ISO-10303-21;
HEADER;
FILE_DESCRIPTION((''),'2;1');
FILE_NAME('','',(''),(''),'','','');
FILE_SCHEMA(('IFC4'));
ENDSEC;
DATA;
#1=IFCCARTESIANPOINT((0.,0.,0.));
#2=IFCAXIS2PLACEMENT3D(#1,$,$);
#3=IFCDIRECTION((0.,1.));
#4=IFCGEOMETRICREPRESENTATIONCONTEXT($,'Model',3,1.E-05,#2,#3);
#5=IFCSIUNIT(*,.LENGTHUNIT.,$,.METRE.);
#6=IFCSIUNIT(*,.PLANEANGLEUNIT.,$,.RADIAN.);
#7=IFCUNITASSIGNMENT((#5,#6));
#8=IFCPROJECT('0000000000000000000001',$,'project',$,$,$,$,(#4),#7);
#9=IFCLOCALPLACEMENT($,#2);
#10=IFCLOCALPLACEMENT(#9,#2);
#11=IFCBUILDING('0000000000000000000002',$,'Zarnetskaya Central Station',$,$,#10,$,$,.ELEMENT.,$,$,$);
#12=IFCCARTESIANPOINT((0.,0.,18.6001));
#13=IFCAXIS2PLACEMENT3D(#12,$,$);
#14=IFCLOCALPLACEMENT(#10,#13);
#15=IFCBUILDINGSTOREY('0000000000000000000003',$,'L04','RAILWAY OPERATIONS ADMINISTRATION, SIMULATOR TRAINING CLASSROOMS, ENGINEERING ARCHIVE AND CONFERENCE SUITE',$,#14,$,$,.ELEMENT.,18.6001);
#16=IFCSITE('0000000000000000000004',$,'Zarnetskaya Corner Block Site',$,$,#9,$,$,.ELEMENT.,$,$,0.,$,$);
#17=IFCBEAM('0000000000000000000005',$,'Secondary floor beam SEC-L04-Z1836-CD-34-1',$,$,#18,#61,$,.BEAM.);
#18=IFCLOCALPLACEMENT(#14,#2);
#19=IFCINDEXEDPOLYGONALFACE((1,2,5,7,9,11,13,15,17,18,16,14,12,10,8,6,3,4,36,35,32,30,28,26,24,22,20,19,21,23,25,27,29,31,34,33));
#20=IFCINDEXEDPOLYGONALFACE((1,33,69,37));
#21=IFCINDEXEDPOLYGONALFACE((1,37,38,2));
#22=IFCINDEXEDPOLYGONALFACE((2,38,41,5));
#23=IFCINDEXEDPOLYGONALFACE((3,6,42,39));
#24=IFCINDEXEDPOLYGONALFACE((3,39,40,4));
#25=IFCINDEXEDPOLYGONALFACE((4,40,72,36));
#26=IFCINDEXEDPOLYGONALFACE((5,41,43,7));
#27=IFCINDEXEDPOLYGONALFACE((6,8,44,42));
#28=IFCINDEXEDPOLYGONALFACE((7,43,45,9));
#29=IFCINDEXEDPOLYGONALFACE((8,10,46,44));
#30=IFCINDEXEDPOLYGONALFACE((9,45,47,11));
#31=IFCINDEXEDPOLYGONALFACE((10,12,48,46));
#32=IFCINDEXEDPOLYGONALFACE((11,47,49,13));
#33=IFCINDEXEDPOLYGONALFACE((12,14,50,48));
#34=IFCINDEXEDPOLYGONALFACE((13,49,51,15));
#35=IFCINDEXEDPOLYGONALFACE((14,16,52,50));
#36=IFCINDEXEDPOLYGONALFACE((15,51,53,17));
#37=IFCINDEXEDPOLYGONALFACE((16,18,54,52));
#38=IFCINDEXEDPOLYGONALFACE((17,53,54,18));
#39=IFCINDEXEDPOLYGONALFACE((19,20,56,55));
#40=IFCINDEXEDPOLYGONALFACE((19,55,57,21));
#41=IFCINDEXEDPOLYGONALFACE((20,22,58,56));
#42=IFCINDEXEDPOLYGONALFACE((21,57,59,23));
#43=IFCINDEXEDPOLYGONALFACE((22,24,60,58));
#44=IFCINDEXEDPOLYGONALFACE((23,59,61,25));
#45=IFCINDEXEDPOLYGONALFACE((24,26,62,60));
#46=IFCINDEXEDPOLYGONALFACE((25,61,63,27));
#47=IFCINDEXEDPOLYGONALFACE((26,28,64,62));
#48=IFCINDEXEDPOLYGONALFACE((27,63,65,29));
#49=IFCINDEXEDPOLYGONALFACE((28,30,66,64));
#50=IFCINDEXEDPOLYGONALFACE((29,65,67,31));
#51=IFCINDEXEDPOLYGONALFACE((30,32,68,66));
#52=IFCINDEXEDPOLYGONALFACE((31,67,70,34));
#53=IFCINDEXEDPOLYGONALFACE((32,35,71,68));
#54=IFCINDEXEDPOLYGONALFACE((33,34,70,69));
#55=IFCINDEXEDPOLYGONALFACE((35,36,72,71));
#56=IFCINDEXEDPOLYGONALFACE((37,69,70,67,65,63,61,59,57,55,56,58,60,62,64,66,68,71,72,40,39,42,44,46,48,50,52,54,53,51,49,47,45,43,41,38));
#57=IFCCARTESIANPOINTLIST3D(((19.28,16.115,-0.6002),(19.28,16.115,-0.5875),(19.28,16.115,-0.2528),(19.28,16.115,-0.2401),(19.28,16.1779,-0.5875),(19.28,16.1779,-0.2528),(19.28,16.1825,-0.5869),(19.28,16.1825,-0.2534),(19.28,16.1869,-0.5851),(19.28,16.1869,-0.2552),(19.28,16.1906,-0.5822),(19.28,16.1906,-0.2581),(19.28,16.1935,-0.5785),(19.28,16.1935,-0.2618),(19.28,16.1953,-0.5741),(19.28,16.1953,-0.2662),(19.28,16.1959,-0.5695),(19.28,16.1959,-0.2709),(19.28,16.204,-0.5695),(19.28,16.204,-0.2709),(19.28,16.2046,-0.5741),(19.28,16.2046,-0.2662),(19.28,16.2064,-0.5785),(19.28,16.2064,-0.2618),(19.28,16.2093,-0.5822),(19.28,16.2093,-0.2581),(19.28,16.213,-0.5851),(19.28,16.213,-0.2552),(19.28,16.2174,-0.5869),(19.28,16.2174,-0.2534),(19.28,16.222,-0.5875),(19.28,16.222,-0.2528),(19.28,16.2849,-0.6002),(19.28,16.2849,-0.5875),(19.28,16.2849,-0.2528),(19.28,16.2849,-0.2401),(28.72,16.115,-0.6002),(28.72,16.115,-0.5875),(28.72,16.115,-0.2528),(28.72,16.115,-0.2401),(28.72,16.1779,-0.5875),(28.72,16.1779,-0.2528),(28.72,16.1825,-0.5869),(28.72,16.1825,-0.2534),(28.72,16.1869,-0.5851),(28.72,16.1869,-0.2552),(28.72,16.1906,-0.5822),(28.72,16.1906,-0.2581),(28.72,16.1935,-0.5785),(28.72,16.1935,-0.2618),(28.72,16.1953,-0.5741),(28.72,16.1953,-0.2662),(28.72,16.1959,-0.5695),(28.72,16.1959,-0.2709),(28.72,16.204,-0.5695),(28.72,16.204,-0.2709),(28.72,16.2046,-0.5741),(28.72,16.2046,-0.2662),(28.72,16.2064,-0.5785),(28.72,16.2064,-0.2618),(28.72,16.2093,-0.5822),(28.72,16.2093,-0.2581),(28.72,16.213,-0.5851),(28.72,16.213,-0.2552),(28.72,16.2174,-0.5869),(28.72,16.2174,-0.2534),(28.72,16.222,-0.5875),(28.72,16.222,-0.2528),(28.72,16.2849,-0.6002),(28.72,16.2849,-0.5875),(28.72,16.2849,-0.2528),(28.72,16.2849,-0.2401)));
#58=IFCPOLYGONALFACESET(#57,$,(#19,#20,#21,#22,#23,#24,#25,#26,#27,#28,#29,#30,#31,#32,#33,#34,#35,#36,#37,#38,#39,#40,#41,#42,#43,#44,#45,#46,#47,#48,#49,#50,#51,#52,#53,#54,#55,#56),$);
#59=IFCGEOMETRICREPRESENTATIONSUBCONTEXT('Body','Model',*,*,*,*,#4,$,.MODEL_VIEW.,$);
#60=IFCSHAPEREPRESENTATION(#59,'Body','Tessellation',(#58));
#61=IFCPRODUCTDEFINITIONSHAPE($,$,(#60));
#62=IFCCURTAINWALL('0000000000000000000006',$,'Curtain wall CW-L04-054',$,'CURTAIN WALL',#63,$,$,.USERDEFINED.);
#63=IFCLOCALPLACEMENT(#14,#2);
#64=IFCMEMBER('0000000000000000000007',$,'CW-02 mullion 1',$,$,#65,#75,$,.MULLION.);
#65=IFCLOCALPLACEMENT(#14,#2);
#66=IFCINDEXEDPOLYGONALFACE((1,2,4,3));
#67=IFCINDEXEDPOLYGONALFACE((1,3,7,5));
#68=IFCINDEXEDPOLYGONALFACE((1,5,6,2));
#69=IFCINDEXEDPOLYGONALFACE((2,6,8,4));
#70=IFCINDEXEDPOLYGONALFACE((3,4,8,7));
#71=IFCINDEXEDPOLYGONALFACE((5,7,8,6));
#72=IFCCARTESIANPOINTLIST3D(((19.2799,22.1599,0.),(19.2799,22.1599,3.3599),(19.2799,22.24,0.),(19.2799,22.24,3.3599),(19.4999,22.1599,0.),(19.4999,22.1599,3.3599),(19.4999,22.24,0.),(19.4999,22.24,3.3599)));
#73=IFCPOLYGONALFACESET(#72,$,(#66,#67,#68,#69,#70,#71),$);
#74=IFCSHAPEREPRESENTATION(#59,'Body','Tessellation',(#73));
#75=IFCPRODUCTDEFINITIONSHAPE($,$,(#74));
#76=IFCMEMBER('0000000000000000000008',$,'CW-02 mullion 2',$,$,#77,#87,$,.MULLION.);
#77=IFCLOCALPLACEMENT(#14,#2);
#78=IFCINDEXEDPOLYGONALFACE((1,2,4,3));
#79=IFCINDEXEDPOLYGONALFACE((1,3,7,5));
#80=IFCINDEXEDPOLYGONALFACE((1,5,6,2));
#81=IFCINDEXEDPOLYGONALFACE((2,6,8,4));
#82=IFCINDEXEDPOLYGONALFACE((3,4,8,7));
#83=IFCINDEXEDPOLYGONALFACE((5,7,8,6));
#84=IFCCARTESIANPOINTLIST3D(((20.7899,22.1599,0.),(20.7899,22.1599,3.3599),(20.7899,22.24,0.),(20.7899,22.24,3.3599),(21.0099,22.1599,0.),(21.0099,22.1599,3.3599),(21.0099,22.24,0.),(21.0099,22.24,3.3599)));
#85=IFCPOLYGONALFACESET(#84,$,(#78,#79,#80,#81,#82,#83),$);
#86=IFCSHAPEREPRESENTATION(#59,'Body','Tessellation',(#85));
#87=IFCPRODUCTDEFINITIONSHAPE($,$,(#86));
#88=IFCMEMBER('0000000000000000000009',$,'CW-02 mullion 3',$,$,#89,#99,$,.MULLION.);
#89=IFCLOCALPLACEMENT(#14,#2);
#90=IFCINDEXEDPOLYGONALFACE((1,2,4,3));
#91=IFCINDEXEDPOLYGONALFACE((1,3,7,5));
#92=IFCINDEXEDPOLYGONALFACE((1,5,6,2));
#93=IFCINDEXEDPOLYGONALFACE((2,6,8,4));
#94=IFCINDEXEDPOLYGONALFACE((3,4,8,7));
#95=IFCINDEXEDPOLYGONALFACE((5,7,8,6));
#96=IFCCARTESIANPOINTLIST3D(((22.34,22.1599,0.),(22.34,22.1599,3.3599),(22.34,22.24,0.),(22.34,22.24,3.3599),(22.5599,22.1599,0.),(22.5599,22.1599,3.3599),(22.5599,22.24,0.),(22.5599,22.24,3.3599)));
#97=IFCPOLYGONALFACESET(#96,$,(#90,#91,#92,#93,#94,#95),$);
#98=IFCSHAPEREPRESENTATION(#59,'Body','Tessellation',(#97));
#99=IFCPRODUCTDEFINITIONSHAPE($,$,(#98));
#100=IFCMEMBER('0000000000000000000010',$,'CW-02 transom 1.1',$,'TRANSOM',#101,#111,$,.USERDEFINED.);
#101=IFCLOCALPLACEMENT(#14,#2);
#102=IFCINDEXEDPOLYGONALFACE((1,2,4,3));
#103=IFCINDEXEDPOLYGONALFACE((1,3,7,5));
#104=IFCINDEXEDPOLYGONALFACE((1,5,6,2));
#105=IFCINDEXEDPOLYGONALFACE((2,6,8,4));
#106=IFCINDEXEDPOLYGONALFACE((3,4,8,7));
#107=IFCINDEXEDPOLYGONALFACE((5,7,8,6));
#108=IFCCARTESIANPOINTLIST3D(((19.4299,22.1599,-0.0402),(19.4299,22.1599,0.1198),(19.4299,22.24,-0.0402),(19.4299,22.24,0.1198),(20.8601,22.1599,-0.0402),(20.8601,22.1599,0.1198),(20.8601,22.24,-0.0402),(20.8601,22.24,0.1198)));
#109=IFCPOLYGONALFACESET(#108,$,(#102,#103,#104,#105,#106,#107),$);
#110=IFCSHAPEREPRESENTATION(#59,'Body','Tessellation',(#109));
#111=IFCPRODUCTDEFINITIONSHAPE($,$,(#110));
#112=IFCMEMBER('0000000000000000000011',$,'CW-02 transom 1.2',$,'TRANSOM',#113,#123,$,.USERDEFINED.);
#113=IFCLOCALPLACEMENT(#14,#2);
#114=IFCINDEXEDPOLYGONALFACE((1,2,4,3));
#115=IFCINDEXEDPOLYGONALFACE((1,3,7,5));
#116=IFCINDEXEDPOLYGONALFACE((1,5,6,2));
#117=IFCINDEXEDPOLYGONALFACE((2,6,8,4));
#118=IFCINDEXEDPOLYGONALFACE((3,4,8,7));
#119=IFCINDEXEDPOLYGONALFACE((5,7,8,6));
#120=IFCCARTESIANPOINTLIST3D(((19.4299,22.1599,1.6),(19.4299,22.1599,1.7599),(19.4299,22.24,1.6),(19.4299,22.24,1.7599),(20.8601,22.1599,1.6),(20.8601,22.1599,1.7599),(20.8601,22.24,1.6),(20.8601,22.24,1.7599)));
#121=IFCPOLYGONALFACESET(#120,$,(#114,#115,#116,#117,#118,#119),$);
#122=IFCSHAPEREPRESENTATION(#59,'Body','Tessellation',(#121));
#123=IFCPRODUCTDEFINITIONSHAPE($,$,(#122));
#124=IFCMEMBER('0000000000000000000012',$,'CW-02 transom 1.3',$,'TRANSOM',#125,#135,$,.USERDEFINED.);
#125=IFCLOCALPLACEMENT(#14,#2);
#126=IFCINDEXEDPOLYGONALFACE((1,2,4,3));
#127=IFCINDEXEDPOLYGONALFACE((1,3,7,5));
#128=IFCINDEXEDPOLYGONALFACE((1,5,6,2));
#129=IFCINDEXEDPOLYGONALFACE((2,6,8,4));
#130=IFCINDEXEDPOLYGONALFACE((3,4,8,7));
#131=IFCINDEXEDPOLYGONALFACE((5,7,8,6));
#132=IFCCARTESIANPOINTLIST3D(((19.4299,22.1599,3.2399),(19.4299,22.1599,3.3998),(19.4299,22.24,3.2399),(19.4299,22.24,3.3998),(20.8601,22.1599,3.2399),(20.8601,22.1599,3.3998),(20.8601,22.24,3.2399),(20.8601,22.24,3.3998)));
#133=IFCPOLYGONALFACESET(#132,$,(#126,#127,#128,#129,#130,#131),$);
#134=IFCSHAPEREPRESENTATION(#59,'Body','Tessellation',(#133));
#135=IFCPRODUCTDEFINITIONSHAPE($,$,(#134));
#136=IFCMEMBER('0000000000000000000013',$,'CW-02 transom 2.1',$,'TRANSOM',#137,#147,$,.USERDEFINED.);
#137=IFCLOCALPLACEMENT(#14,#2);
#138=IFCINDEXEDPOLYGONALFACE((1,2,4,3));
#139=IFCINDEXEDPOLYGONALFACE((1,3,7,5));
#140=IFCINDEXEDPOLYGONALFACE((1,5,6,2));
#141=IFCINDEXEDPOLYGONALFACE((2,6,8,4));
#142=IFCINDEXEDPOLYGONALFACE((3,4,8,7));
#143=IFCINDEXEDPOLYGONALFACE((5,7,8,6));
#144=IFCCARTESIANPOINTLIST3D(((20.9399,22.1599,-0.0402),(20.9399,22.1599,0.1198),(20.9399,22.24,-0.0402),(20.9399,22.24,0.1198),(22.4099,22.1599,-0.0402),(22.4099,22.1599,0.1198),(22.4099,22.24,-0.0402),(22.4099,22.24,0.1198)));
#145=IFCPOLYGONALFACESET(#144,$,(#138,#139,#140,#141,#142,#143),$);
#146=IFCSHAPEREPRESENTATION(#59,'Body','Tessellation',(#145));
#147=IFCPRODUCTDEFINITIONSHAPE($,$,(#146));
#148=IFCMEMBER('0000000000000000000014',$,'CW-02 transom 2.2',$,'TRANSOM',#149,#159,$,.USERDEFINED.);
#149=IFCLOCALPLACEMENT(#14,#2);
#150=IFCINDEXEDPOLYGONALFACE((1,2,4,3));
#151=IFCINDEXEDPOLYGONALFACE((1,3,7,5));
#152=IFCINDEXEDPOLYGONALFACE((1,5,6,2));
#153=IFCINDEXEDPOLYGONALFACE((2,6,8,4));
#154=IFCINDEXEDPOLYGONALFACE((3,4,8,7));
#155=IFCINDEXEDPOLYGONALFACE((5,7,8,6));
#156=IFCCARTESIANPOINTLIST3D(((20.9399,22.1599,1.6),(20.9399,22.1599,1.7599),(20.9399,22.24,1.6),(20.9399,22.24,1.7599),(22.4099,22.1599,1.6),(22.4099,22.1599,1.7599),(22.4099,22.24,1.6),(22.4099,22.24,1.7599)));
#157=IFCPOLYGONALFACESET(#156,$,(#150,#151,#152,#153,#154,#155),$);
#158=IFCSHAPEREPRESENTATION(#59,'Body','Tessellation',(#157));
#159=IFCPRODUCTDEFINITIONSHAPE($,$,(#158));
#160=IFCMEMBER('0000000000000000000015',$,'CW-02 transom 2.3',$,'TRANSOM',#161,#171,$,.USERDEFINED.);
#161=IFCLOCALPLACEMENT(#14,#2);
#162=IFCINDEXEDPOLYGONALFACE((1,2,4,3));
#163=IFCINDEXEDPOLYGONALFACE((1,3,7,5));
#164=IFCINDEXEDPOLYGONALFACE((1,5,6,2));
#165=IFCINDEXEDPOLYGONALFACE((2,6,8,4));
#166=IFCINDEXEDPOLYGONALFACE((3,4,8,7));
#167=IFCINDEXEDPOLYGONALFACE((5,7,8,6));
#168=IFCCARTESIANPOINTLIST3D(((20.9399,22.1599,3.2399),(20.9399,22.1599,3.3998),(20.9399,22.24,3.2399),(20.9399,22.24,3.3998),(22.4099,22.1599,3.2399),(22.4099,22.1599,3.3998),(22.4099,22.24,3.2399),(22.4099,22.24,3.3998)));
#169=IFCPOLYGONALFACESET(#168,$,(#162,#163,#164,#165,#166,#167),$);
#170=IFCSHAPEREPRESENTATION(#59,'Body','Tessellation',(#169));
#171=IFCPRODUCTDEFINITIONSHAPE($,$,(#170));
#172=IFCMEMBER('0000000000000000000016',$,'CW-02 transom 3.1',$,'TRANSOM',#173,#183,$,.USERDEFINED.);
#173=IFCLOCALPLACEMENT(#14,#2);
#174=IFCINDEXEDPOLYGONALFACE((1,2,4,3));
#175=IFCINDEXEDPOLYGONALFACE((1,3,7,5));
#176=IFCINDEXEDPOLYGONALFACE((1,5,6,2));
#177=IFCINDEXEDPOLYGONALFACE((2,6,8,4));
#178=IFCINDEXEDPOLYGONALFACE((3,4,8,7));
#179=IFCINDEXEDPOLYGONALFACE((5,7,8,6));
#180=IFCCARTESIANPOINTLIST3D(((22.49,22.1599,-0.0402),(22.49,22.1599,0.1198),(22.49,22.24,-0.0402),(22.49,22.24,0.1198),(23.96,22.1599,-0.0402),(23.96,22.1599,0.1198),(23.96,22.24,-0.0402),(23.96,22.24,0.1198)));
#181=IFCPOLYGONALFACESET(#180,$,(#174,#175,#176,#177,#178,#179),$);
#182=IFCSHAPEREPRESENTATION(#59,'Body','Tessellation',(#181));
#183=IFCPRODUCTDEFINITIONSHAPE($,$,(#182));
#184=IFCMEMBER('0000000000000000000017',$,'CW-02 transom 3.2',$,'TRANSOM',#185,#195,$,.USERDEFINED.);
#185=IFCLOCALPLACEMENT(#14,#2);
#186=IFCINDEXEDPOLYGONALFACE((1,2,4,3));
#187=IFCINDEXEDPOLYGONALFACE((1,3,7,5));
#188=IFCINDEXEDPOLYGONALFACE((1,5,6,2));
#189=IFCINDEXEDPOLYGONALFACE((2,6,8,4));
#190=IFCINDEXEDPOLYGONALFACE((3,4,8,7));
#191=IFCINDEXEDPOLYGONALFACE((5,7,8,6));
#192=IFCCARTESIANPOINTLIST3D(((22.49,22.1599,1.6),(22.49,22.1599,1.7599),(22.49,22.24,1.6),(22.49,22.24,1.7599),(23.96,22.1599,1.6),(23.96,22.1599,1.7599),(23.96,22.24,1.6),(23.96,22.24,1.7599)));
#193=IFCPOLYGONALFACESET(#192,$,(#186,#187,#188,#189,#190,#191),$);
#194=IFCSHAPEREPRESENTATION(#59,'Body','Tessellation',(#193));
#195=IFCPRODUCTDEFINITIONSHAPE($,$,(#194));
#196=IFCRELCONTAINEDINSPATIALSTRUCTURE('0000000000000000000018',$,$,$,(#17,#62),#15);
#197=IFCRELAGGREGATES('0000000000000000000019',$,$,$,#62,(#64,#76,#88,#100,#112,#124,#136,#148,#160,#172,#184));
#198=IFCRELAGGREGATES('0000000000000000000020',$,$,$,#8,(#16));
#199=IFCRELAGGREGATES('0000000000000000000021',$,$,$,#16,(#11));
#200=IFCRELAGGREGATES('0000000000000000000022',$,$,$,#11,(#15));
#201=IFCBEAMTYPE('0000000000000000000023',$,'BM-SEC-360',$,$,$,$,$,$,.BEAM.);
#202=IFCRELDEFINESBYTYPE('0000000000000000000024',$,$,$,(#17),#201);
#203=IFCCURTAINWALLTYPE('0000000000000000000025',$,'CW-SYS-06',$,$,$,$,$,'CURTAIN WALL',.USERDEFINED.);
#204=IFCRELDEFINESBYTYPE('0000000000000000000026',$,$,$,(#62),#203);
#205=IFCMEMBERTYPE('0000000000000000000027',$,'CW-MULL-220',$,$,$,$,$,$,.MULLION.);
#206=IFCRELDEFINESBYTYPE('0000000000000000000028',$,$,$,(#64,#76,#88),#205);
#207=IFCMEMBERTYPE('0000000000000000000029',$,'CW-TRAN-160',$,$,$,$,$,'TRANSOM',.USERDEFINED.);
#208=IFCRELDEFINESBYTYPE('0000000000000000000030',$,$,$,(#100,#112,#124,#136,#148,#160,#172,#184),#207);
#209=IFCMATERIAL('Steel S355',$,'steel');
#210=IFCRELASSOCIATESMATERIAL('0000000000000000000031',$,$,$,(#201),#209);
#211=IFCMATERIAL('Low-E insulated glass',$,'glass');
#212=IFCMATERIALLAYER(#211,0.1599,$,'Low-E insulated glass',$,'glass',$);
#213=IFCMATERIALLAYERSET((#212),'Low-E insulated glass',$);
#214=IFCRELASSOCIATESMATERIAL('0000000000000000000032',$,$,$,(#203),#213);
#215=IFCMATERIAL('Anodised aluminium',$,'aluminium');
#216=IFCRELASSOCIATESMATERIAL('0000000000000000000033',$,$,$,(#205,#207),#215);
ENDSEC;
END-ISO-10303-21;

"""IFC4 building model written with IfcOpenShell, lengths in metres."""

from ifc_helpers import new_model, si_unit, direction, frame, origin, origin_2d, place, context, subcontext, project, spatial, rectangle, i_section, extrude, material, layer, layer_set, material_profile, profile_set, type_object, element, aggregate, save


model = new_model("IFC4")

# Units and contexts
model_context = context("Model", 3, precision=1e-05, world=origin(), true_north=direction((0.0, 1.0)))
body_context = subcontext(model_context, "Body", "Model", "MODEL_VIEW")
ifc_project = project(units=[si_unit("LENGTHUNIT", "METRE"), si_unit("PLANEANGLEUNIT", "RADIAN")], contexts=[model_context])

# Site, building, storey
site_placement = place(None, origin())
site = spatial("IfcSite", under=ifc_project, at=site_placement, Name="Zarnetskaya Corner Block Site", CompositionType="ELEMENT", RefElevation=0.0)
building_placement = place(site_placement, origin())
building = spatial("IfcBuilding", under=site, at=building_placement, Name="Zarnetskaya Central Station", CompositionType="ELEMENT")
storey_placement = place(building_placement, frame((0.0, 0.0, 18.6001)))
storey = spatial("IfcBuildingStorey", under=building, at=storey_placement, Name="L04", Description="RAILWAY OPERATIONS ADMINISTRATION, SIMULATOR TRAINING CLASSROOMS, ENGINEERING ARCHIVE AND CONFERENCE SUITE", CompositionType="ELEMENT", Elevation=18.6001)

# Beam
ifc_material_1 = material(Name="Steel S355", Category="steel")
ifc_material_profile_1 = material_profile(ifc_material_1, i_section(OverallWidth=0.1699, OverallDepth=0.3601, WebThickness=0.0081, FlangeThickness=0.0127, FilletRadius=0.0181, at=origin_2d()), Name="IPE 360")
ifc_profile_set_1 = profile_set([ifc_material_profile_1], Name="Steel S355")
beam_type_1 = type_object("IfcBeamType", Name="BM-SEC-360", PredefinedType="BEAM", material=ifc_profile_set_1)
beam_1_placement = place(storey_placement, frame((19.28, 16.2, -0.4202), z_axis=(1.0, 0.0, 0.0), x_axis=(0.0, 1.0, 0.0)))
element("IfcBeam", 1, at=beam_1_placement, inside=storey, type_object=beam_type_1, Name="Secondary floor beam SEC-L04-Z1836-CD-34-1", PredefinedType="BEAM", context=body_context, shape_type="SweptSolid", body=[
    extrude(i_section(OverallWidth=0.1699, OverallDepth=0.3601, WebThickness=0.0081, FlangeThickness=0.0127, FilletRadius=0.0181, at=origin_2d()), origin(), (0.0, 0.0, 1.0), 9.4399),
])

# Curtain wall, members
ifc_material_2 = material(Name="Low-E insulated glass", Category="glass")
ifc_layer_1 = layer(ifc_material_2, 0.1599, Name="Low-E insulated glass", Category="glass")
ifc_layer_set_1 = layer_set([ifc_layer_1], Name="Low-E insulated glass")
curtain_wall_type = type_object("IfcCurtainWallType", Name="CW-SYS-06", ElementType="CURTAIN WALL", PredefinedType="USERDEFINED", material=ifc_layer_set_1)
curtain_wall_placement = place(storey_placement, origin())
curtain_wall = element("IfcCurtainWall", 2, at=curtain_wall_placement, inside=storey, type_object=curtain_wall_type, Name="Curtain wall CW-L04-054", ObjectType="CURTAIN WALL", PredefinedType="USERDEFINED")
ifc_material_3 = material(Name="Anodised aluminium", Category="aluminium")
ifc_material_profile_2 = material_profile(ifc_material_3, rectangle(XDim=0.0801, YDim=0.22, at=origin_2d()), Name="ALU MULL 80x220")
ifc_profile_set_2 = profile_set([ifc_material_profile_2], Name="Anodised aluminium")
member_type_1 = type_object("IfcMemberType", Name="CW-MULL-220", PredefinedType="MULLION", material=ifc_profile_set_2)
member_1_placement = place(storey_placement, frame((19.3899, 22.2, 0.0), z_axis=(0.0, 0.0, 1.0), x_axis=(0.0, 1.0, 0.0)))
member_1 = element("IfcMember", 3, at=member_1_placement, type_object=member_type_1, Name="CW-02 mullion 1", PredefinedType="MULLION", context=body_context, shape_type="SweptSolid", body=[
    extrude(rectangle(XDim=0.0801, YDim=0.22, at=origin_2d()), origin(), (0.0, 0.0, 1.0), 3.3599),
])
member_2_placement = place(storey_placement, frame((20.8999, 22.2, 0.0), z_axis=(0.0, 0.0, 1.0), x_axis=(0.0, 1.0, 0.0)))
member_2 = element("IfcMember", 4, at=member_2_placement, type_object=member_type_1, Name="CW-02 mullion 2", PredefinedType="MULLION", context=body_context, shape_type="SweptSolid", body=[
    extrude(rectangle(XDim=0.0801, YDim=0.22, at=origin_2d()), origin(), (0.0, 0.0, 1.0), 3.3599),
])
member_3_placement = place(storey_placement, frame((22.45, 22.2, 0.0), z_axis=(0.0, 0.0, 1.0), x_axis=(0.0, 1.0, 0.0)))
member_3 = element("IfcMember", 5, at=member_3_placement, type_object=member_type_1, Name="CW-02 mullion 3", PredefinedType="MULLION", context=body_context, shape_type="SweptSolid", body=[
    extrude(rectangle(XDim=0.0801, YDim=0.22, at=origin_2d()), origin(), (0.0, 0.0, 1.0), 3.3599),
])
ifc_material_profile_3 = material_profile(ifc_material_3, rectangle(XDim=0.0801, YDim=0.1599, at=origin_2d()), Name="ALU TRAN 80x160")
ifc_profile_set_3 = profile_set([ifc_material_profile_3], Name="Anodised aluminium")
member_type_2 = type_object("IfcMemberType", Name="CW-TRAN-160", ElementType="TRANSOM", PredefinedType="USERDEFINED", material=ifc_profile_set_3)
member_4_placement = place(storey_placement, frame((19.4299, 22.2, 0.0398), z_axis=(1.0, 0.0, 0.0), x_axis=(0.0, 1.0, 0.0)))
member_4 = element("IfcMember", 6, at=member_4_placement, type_object=member_type_2, Name="CW-02 transom 1.1", ObjectType="TRANSOM", PredefinedType="USERDEFINED", context=body_context, shape_type="SweptSolid", body=[
    extrude(rectangle(XDim=0.0801, YDim=0.1599, at=origin_2d()), origin(), (0.0, 0.0, 1.0), 1.4302),
])
member_5_placement = place(storey_placement, frame((19.4299, 22.2, 1.6799), z_axis=(1.0, 0.0, 0.0), x_axis=(0.0, 1.0, 0.0)))
member_5 = element("IfcMember", 7, at=member_5_placement, type_object=member_type_2, Name="CW-02 transom 1.2", ObjectType="TRANSOM", PredefinedType="USERDEFINED", context=body_context, shape_type="SweptSolid", body=[
    extrude(rectangle(XDim=0.0801, YDim=0.1599, at=origin_2d()), origin(), (0.0, 0.0, 1.0), 1.4302),
])
member_6_placement = place(storey_placement, frame((19.4299, 22.2, 3.3198), z_axis=(1.0, 0.0, 0.0), x_axis=(0.0, 1.0, 0.0)))
member_6 = element("IfcMember", 8, at=member_6_placement, type_object=member_type_2, Name="CW-02 transom 1.3", ObjectType="TRANSOM", PredefinedType="USERDEFINED", context=body_context, shape_type="SweptSolid", body=[
    extrude(rectangle(XDim=0.0801, YDim=0.1599, at=origin_2d()), origin(), (0.0, 0.0, 1.0), 1.4302),
])
member_7_placement = place(storey_placement, frame((20.9399, 22.2, 0.0398), z_axis=(1.0, 0.0, 0.0), x_axis=(0.0, 1.0, 0.0)))
member_7 = element("IfcMember", 9, at=member_7_placement, type_object=member_type_2, Name="CW-02 transom 2.1", ObjectType="TRANSOM", PredefinedType="USERDEFINED", context=body_context, shape_type="SweptSolid", body=[
    extrude(rectangle(XDim=0.0801, YDim=0.1599, at=origin_2d()), origin(), (0.0, 0.0, 1.0), 1.47),
])
member_8_placement = place(storey_placement, frame((20.9399, 22.2, 1.6799), z_axis=(1.0, 0.0, 0.0), x_axis=(0.0, 1.0, 0.0)))
member_8 = element("IfcMember", 10, at=member_8_placement, type_object=member_type_2, Name="CW-02 transom 2.2", ObjectType="TRANSOM", PredefinedType="USERDEFINED", context=body_context, shape_type="SweptSolid", body=[
    extrude(rectangle(XDim=0.0801, YDim=0.1599, at=origin_2d()), origin(), (0.0, 0.0, 1.0), 1.47),
])
member_9_placement = place(storey_placement, frame((20.9399, 22.2, 3.3198), z_axis=(1.0, 0.0, 0.0), x_axis=(0.0, 1.0, 0.0)))
member_9 = element("IfcMember", 11, at=member_9_placement, type_object=member_type_2, Name="CW-02 transom 2.3", ObjectType="TRANSOM", PredefinedType="USERDEFINED", context=body_context, shape_type="SweptSolid", body=[
    extrude(rectangle(XDim=0.0801, YDim=0.1599, at=origin_2d()), origin(), (0.0, 0.0, 1.0), 1.47),
])
member_10_placement = place(storey_placement, frame((22.49, 22.2, 0.0398), z_axis=(1.0, 0.0, 0.0), x_axis=(0.0, 1.0, 0.0)))
member_10 = element("IfcMember", 12, at=member_10_placement, type_object=member_type_2, Name="CW-02 transom 3.1", ObjectType="TRANSOM", PredefinedType="USERDEFINED", context=body_context, shape_type="SweptSolid", body=[
    extrude(rectangle(XDim=0.0801, YDim=0.1599, at=origin_2d()), origin(), (0.0, 0.0, 1.0), 1.47),
])
member_11_placement = place(storey_placement, frame((22.49, 22.2, 1.6799), z_axis=(1.0, 0.0, 0.0), x_axis=(0.0, 1.0, 0.0)))
member_11 = element("IfcMember", 13, at=member_11_placement, type_object=member_type_2, Name="CW-02 transom 3.2", ObjectType="TRANSOM", PredefinedType="USERDEFINED", context=body_context, shape_type="SweptSolid", body=[
    extrude(rectangle(XDim=0.0801, YDim=0.1599, at=origin_2d()), origin(), (0.0, 0.0, 1.0), 1.47),
])

aggregate(curtain_wall, [member_1, member_2, member_3, member_4, member_5, member_6, member_7, member_8, member_9, member_10, member_11])

save(model, "model.ifc")
